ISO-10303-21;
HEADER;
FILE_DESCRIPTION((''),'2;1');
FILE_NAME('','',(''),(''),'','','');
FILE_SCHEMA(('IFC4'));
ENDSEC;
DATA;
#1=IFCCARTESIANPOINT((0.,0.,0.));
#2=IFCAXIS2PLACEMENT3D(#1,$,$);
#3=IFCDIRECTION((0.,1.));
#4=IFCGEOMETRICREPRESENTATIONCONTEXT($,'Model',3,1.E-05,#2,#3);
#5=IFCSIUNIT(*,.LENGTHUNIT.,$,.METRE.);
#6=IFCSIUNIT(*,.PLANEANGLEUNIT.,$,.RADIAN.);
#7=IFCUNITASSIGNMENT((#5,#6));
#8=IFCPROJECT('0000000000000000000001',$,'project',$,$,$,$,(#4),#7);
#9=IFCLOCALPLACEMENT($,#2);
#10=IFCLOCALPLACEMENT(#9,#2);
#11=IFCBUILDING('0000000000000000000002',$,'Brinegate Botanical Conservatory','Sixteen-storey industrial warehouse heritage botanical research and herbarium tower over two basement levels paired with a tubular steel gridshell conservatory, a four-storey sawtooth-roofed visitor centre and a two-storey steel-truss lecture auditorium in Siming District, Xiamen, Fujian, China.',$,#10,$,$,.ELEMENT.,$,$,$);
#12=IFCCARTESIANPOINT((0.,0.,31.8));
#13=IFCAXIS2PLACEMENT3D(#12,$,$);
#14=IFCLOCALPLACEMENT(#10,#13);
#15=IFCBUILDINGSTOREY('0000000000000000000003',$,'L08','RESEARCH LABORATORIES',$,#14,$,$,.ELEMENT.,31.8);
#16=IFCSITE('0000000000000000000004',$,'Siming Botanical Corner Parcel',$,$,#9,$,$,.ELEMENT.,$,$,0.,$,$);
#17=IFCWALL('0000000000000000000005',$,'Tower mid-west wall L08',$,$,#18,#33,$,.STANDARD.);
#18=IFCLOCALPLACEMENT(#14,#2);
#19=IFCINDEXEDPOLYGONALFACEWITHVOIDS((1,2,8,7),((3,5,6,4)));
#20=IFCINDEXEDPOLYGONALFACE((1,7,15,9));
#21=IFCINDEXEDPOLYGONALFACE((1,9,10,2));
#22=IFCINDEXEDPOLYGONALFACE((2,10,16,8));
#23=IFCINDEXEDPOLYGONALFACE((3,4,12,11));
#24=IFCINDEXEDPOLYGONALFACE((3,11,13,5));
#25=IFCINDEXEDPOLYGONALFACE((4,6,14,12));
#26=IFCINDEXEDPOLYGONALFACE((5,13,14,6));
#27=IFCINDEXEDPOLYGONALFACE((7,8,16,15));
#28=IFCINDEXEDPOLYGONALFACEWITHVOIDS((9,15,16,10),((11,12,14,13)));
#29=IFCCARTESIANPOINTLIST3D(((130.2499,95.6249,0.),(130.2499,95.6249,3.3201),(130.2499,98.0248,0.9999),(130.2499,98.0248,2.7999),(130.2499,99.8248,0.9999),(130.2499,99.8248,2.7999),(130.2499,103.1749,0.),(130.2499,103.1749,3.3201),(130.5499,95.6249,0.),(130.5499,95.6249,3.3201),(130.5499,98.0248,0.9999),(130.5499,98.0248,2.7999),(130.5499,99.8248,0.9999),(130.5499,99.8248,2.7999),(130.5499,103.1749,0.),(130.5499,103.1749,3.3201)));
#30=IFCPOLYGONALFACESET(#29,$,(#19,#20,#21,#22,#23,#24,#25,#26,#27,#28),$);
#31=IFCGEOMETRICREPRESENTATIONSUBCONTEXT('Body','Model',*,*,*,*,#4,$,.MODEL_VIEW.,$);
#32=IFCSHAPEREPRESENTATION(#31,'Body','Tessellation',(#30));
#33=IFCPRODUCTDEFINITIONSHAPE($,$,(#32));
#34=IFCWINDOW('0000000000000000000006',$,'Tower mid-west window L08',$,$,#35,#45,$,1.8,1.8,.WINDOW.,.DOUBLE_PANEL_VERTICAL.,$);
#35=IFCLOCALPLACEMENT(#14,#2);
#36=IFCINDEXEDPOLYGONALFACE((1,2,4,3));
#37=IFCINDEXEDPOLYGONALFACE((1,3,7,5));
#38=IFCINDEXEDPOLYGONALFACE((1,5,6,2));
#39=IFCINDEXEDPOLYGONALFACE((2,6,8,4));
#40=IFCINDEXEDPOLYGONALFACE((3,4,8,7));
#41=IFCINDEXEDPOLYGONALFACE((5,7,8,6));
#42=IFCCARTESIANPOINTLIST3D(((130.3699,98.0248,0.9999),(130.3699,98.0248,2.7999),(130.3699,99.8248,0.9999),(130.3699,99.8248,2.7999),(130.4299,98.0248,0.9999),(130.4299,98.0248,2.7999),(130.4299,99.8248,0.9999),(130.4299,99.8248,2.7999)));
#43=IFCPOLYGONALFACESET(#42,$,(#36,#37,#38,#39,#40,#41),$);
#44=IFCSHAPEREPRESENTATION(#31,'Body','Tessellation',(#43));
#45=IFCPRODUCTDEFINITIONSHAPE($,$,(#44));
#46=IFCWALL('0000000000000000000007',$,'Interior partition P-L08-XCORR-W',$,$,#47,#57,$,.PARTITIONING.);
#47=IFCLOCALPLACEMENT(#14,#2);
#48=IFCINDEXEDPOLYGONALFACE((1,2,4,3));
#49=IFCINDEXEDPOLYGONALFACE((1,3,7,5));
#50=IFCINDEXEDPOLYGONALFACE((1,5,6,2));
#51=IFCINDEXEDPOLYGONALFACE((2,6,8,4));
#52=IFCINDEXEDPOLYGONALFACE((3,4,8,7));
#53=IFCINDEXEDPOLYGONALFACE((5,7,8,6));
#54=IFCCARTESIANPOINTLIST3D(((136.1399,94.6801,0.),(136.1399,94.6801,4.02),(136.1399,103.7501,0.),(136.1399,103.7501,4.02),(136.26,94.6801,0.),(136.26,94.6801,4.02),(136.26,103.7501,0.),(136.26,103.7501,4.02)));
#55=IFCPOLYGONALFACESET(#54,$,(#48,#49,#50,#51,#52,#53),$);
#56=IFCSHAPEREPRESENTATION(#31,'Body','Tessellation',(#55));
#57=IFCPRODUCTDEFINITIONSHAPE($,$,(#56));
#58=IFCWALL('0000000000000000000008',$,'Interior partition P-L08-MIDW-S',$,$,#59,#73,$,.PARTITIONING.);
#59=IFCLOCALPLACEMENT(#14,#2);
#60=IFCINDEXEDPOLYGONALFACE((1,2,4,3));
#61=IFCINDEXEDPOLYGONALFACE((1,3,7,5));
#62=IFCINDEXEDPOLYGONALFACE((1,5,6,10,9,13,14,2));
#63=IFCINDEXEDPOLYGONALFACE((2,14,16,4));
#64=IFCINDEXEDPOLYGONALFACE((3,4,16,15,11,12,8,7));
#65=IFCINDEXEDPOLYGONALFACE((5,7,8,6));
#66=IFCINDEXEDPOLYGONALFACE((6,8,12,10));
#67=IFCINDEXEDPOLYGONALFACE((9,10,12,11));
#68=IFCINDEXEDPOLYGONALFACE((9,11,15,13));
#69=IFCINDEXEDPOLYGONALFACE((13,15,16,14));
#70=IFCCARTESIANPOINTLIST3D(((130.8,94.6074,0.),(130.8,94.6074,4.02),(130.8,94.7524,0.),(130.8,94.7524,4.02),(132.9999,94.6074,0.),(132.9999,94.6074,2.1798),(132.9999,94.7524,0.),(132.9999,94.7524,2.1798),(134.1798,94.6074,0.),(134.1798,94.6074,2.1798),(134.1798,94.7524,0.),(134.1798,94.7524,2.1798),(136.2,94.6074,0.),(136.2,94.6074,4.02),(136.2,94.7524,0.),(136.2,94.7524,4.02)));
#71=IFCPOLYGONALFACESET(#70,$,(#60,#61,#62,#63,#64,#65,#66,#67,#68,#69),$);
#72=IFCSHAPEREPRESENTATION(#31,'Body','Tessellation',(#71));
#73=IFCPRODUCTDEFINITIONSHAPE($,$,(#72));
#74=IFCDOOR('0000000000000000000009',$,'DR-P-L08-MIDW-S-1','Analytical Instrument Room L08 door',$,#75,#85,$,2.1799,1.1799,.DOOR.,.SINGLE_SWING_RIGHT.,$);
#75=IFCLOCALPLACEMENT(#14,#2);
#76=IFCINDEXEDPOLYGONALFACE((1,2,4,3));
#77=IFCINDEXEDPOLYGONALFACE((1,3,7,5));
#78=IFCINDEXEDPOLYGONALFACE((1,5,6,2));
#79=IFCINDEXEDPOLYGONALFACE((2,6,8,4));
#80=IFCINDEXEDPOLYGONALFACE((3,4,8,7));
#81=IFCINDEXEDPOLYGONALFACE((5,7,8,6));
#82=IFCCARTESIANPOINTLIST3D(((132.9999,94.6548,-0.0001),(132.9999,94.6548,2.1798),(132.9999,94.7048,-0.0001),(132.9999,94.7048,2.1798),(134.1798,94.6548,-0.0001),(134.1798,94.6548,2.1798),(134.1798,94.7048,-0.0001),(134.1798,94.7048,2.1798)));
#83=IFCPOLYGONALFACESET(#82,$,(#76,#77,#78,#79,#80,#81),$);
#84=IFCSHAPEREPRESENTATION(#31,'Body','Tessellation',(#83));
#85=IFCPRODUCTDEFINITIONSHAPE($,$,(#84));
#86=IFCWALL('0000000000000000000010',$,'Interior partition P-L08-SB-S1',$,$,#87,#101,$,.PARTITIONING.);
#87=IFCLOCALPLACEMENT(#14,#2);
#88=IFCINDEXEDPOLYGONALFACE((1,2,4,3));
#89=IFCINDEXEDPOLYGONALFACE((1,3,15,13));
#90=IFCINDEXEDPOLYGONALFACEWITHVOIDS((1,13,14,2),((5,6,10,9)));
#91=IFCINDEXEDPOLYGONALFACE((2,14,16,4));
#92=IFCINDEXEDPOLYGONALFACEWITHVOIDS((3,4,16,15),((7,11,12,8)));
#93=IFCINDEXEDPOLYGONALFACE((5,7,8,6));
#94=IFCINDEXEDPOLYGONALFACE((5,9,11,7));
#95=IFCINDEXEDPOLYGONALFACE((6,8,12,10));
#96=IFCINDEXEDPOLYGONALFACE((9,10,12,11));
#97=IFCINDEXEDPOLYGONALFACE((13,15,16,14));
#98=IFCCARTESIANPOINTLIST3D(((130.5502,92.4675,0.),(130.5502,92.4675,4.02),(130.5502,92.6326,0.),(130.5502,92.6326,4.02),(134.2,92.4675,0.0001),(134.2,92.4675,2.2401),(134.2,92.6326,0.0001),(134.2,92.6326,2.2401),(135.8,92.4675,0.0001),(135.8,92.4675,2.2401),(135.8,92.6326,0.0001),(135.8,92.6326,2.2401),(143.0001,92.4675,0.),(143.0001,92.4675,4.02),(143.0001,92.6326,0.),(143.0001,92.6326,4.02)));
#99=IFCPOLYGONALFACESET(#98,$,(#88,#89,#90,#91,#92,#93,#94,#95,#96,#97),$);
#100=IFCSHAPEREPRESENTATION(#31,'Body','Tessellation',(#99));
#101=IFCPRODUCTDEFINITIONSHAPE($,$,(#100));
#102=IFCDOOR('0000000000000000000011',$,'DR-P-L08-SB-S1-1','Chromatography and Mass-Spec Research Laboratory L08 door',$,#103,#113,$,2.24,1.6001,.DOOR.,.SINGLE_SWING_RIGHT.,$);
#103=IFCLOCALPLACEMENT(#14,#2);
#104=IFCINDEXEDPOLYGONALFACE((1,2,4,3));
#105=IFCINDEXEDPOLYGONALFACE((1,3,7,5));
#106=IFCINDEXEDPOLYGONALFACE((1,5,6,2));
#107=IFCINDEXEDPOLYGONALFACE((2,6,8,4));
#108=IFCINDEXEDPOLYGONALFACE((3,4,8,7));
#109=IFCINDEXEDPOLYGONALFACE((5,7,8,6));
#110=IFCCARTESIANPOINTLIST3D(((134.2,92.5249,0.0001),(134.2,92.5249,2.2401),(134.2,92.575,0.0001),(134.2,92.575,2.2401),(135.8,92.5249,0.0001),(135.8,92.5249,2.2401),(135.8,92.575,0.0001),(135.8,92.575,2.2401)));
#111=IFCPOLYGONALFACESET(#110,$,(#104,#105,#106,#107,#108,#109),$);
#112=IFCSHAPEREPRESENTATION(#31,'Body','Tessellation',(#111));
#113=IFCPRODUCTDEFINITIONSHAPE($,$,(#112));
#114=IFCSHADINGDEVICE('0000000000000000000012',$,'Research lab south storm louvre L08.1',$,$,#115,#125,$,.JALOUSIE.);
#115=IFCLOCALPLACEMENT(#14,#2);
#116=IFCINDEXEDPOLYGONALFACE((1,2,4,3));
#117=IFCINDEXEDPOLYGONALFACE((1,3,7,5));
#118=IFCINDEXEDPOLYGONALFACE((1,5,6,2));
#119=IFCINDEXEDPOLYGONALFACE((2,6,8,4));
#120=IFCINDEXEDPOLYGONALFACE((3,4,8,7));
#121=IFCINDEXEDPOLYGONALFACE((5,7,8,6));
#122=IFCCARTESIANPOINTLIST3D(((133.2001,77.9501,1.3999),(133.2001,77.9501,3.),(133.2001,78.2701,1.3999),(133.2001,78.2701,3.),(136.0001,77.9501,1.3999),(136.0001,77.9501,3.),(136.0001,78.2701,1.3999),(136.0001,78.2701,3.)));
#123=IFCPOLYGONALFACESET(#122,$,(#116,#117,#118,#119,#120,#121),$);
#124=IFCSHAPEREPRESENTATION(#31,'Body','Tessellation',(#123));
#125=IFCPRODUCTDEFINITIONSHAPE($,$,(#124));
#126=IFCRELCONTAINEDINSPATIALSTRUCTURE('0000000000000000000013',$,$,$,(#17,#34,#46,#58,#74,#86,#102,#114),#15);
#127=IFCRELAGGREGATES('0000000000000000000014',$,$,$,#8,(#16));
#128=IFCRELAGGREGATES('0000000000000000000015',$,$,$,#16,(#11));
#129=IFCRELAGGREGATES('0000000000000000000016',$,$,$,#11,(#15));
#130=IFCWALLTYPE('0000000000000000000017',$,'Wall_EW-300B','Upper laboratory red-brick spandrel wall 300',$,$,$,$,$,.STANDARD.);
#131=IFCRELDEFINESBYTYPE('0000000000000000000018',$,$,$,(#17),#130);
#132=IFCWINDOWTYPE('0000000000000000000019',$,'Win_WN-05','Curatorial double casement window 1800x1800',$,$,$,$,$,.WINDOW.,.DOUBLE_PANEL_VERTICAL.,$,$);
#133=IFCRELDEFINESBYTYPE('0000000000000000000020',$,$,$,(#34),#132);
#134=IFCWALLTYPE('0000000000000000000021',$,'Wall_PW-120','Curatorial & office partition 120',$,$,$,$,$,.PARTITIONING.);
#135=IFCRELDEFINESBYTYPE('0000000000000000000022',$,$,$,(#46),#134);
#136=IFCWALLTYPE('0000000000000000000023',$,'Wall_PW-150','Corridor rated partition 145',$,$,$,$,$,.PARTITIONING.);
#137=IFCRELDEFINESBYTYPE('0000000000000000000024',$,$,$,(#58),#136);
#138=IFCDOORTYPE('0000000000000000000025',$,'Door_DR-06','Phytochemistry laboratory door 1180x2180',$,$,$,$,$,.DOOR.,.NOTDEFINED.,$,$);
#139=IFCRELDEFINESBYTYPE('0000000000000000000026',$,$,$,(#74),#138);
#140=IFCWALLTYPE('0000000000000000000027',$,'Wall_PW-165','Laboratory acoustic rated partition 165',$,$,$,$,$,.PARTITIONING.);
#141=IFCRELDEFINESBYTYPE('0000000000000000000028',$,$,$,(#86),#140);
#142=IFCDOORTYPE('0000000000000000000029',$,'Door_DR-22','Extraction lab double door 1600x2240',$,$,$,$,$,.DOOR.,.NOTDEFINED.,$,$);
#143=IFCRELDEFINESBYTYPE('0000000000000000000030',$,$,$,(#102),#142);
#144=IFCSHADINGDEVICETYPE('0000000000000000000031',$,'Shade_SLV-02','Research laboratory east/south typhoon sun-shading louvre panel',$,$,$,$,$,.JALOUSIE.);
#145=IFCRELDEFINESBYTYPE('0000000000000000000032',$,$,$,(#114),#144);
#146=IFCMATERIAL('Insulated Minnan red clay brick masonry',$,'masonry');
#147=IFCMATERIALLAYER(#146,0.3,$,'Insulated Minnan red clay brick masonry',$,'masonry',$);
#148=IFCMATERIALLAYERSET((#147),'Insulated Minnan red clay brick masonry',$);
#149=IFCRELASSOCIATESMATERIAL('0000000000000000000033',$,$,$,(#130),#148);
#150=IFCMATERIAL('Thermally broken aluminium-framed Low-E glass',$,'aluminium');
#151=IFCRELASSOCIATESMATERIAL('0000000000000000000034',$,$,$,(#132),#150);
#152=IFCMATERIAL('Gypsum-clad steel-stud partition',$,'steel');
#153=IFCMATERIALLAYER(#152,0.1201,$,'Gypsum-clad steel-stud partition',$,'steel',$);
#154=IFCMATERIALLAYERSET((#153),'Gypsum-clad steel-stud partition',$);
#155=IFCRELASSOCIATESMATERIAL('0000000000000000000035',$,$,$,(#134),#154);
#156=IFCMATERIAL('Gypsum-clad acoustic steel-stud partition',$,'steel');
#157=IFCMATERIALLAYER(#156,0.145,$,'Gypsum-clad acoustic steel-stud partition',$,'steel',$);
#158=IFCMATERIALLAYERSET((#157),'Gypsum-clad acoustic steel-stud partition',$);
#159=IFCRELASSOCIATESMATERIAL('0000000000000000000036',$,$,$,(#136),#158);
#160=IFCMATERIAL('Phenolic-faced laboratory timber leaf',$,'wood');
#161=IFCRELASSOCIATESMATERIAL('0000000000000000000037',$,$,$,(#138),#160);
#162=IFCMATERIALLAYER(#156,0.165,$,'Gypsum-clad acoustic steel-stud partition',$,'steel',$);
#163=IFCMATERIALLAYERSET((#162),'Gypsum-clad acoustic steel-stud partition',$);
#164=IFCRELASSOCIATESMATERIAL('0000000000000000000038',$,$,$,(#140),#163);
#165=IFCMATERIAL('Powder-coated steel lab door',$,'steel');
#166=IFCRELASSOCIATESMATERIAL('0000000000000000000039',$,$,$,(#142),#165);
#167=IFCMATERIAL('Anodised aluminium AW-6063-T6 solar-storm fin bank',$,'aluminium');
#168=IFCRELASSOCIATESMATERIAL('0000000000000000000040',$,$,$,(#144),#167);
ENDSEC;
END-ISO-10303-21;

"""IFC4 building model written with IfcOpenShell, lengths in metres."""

from ifc_helpers import new_model, si_unit, direction, frame, frame_2d, origin, origin_2d, place, context, subcontext, project, spatial, rectangle, extrude, material, layer, layer_set, type_object, element, fill, save


model = new_model("IFC4")

# Units and contexts
model_context = context("Model", 3, precision=1e-05, world=origin(), true_north=direction((0.0, 1.0)))
body_context = subcontext(model_context, "Body", "Model", "MODEL_VIEW")
ifc_project = project(units=[si_unit("LENGTHUNIT", "METRE"), si_unit("PLANEANGLEUNIT", "RADIAN")], contexts=[model_context])

# Site, building, storey
site_placement = place(None, origin())
site = spatial("IfcSite", under=ifc_project, at=site_placement, Name="Siming Botanical Corner Parcel", CompositionType="ELEMENT", RefElevation=0.0)
building_placement = place(site_placement, origin())
building = spatial("IfcBuilding", under=site, at=building_placement, Name="Brinegate Botanical Conservatory", Description="Sixteen-storey industrial warehouse heritage botanical research and herbarium tower over two basement levels paired with a tubular steel gridshell conservatory, a four-storey sawtooth-roofed visitor centre and a two-storey steel-truss lecture auditorium in Siming District, Xiamen, Fujian, China.", CompositionType="ELEMENT")
storey_placement = place(building_placement, frame((0.0, 0.0, 31.8)))
storey = spatial("IfcBuildingStorey", under=building, at=storey_placement, Name="L08", Description="RESEARCH LABORATORIES", CompositionType="ELEMENT", Elevation=31.8)

# Wall, opening, window
ifc_material_1 = material(Name="Insulated Minnan red clay brick masonry", Category="masonry")
ifc_layer_1 = layer(ifc_material_1, 0.3, Name="Insulated Minnan red clay brick masonry", Category="masonry")
ifc_layer_set_1 = layer_set([ifc_layer_1], Name="Insulated Minnan red clay brick masonry")
wall_type_1 = type_object("IfcWallType", Name="Wall_EW-300B", Description="Upper laboratory red-brick spandrel wall 300", PredefinedType="STANDARD", material=ifc_layer_set_1)
ifc_material_2 = material(Name="Thermally broken aluminium-framed Low-E glass", Category="aluminium")
wall_1_placement = place(storey_placement, frame((130.3999, 95.625, 0.0), z_axis=(0.0, 0.0, 1.0), x_axis=(0.0, 1.0, 0.0)))
wall_1 = element("IfcWall", 1, at=wall_1_placement, inside=storey, type_object=wall_type_1, Name="Tower mid-west wall L08", PredefinedType="STANDARD", context=body_context, shape_type="SweptSolid", body=[
    extrude(rectangle(XDim=7.55, YDim=0.3, at=frame_2d((3.7749, 0.0))), origin(), (0.0, 0.0, 1.0), 3.3201),
])
opening_1_placement = place(wall_1_placement, frame((2.3999, 0.0, 1.0)))
opening_1 = element("IfcOpeningElement", 2, at=opening_1_placement, cuts=wall_1, PredefinedType="OPENING", context=body_context, shape_type="SweptSolid", body=[
    extrude(rectangle(XDim=1.8, YDim=1.8, at=frame_2d((0.8999, 0.8999))), frame((0.0, 0.1599, 0.0), z_axis=(0.0, -1.0, 0.0), x_axis=(1.0, 0.0, 0.0)), (0.0, 0.0, 1.0), 0.3201),
])
window_type_1 = type_object("IfcWindowType", Name="Win_WN-05", Description="Curatorial double casement window 1800x1800", PartitioningType="DOUBLE_PANEL_VERTICAL", PredefinedType="WINDOW", material=ifc_material_2)
window_1_placement = place(opening_1_placement, origin())
window_1 = element("IfcWindow", 3, at=window_1_placement, inside=storey, type_object=window_type_1, Name="Tower mid-west window L08", OverallHeight=1.8, OverallWidth=1.8, PartitioningType="DOUBLE_PANEL_VERTICAL", PredefinedType="WINDOW", context=body_context, shape_type="SweptSolid", body=[
    extrude(rectangle(XDim=1.8, YDim=1.8, at=frame_2d((0.8999, 0.8999))), frame((0.0, 0.03, 0.0), z_axis=(0.0, -1.0, 0.0), x_axis=(1.0, 0.0, 0.0)), (0.0, 0.0, 1.0), 0.0601),
])
fill(opening_1, window_1)

# Wall
ifc_material_3 = material(Name="Gypsum-clad steel-stud partition", Category="steel")
ifc_layer_2 = layer(ifc_material_3, 0.1201, Name="Gypsum-clad steel-stud partition", Category="steel")
ifc_layer_set_2 = layer_set([ifc_layer_2], Name="Gypsum-clad steel-stud partition")
wall_type_2 = type_object("IfcWallType", Name="Wall_PW-120", Description="Curatorial & office partition 120", PredefinedType="PARTITIONING", material=ifc_layer_set_2)
wall_2_placement = place(storey_placement, frame((136.2, 94.6799, 0.0), z_axis=(0.0, 0.0, 1.0), x_axis=(0.0, 1.0, 0.0)))
element("IfcWall", 4, at=wall_2_placement, inside=storey, type_object=wall_type_2, Name="Interior partition P-L08-XCORR-W", PredefinedType="PARTITIONING", context=body_context, shape_type="SweptSolid", body=[
    extrude(rectangle(XDim=9.0701, YDim=0.1201, at=frame_2d((4.5352, 0.0))), origin(), (0.0, 0.0, 1.0), 4.02),
])

# Walls, openings, doors
ifc_material_4 = material(Name="Gypsum-clad acoustic steel-stud partition", Category="steel")
ifc_layer_3 = layer(ifc_material_4, 0.145, Name="Gypsum-clad acoustic steel-stud partition", Category="steel")
ifc_layer_set_3 = layer_set([ifc_layer_3], Name="Gypsum-clad acoustic steel-stud partition")
wall_type_3 = type_object("IfcWallType", Name="Wall_PW-150", Description="Corridor rated partition 145", PredefinedType="PARTITIONING", material=ifc_layer_set_3)
wall_3_placement = place(storey_placement, frame((130.8, 94.6799, 0.0), z_axis=(0.0, 0.0, 1.0), x_axis=(1.0, 0.0, 0.0)))
wall_3 = element("IfcWall", 5, at=wall_3_placement, inside=storey, type_object=wall_type_3, Name="Interior partition P-L08-MIDW-S", PredefinedType="PARTITIONING", context=body_context, shape_type="SweptSolid", body=[
    extrude(rectangle(XDim=5.3999, YDim=0.145, at=frame_2d((2.7, 0.0))), origin(), (0.0, 0.0, 1.0), 4.02),
])
opening_2_placement = place(wall_3_placement, frame((2.2, 0.0, 0.0)))
opening_2 = element("IfcOpeningElement", 6, at=opening_2_placement, cuts=wall_3, PredefinedType="OPENING", context=body_context, shape_type="SweptSolid", body=[
    extrude(rectangle(XDim=1.1799, YDim=2.1799, at=frame_2d((0.5898, 1.0898))), frame((0.0, 0.0825, 0.0), z_axis=(0.0, -1.0, 0.0), x_axis=(1.0, 0.0, 0.0)), (0.0, 0.0, 1.0), 0.165),
])
ifc_material_5 = material(Name="Phenolic-faced laboratory timber leaf", Category="wood")
door_type_1 = type_object("IfcDoorType", Name="Door_DR-06", Description="Phytochemistry laboratory door 1180x2180", OperationType="NOTDEFINED", PredefinedType="DOOR", material=ifc_material_5)
door_1_placement = place(opening_2_placement, origin())
door_1 = element("IfcDoor", 7, at=door_1_placement, inside=storey, type_object=door_type_1, Name="DR-P-L08-MIDW-S-1", Description="Analytical Instrument Room L08 door", OperationType="SINGLE_SWING_RIGHT", OverallHeight=2.1799, OverallWidth=1.1799, PredefinedType="DOOR", context=body_context, shape_type="SweptSolid", body=[
    extrude(rectangle(XDim=1.1799, YDim=2.1799, at=frame_2d((0.5898, 1.0898))), frame((0.0, 0.0249, 0.0), z_axis=(0.0, -1.0, 0.0), x_axis=(1.0, 0.0, 0.0)), (0.0, 0.0, 1.0), 0.05),
])
fill(opening_2, door_1)
ifc_layer_4 = layer(ifc_material_4, 0.165, Name="Gypsum-clad acoustic steel-stud partition", Category="steel")
ifc_layer_set_4 = layer_set([ifc_layer_4], Name="Gypsum-clad acoustic steel-stud partition")
wall_type_4 = type_object("IfcWallType", Name="Wall_PW-165", Description="Laboratory acoustic rated partition 165", PredefinedType="PARTITIONING", material=ifc_layer_set_4)
wall_4_placement = place(storey_placement, frame((130.55, 92.55, 0.0), z_axis=(0.0, 0.0, 1.0), x_axis=(1.0, 0.0, 0.0)))
wall_4 = element("IfcWall", 8, at=wall_4_placement, inside=storey, type_object=wall_type_4, Name="Interior partition P-L08-SB-S1", PredefinedType="PARTITIONING", context=body_context, shape_type="SweptSolid", body=[
    extrude(rectangle(XDim=12.45, YDim=0.165, at=frame_2d((6.2251, 0.0))), origin(), (0.0, 0.0, 1.0), 4.02),
])
opening_3_placement = place(wall_4_placement, frame((3.6499, 0.0, 0.0)))
opening_3 = element("IfcOpeningElement", 9, at=opening_3_placement, cuts=wall_4, PredefinedType="OPENING", context=body_context, shape_type="SweptSolid", body=[
    extrude(rectangle(XDim=1.6001, YDim=2.24, at=frame_2d((0.8, 1.1201))), frame((0.0, 0.0925, 0.0), z_axis=(0.0, -1.0, 0.0), x_axis=(1.0, 0.0, 0.0)), (0.0, 0.0, 1.0), 0.1851),
])
ifc_material_6 = material(Name="Powder-coated steel lab door", Category="steel")
door_type_2 = type_object("IfcDoorType", Name="Door_DR-22", Description="Extraction lab double door 1600x2240", OperationType="NOTDEFINED", PredefinedType="DOOR", material=ifc_material_6)
door_2_placement = place(opening_3_placement, origin())
door_2 = element("IfcDoor", 10, at=door_2_placement, inside=storey, type_object=door_type_2, Name="DR-P-L08-SB-S1-1", Description="Chromatography and Mass-Spec Research Laboratory L08 door", OperationType="SINGLE_SWING_RIGHT", OverallHeight=2.24, OverallWidth=1.6001, PredefinedType="DOOR", context=body_context, shape_type="SweptSolid", body=[
    extrude(rectangle(XDim=1.6001, YDim=2.24, at=frame_2d((0.8, 1.1201))), frame((0.0, 0.0249, 0.0), z_axis=(0.0, -1.0, 0.0), x_axis=(1.0, 0.0, 0.0)), (0.0, 0.0, 1.0), 0.05),
])
fill(opening_3, door_2)

# Shading device
ifc_material_7 = material(Name="Anodised aluminium AW-6063-T6 solar-storm fin bank", Category="aluminium")
shading_device_type = type_object("IfcShadingDeviceType", Name="Shade_SLV-02", Description="Research laboratory east/south typhoon sun-shading louvre panel", PredefinedType="JALOUSIE", material=ifc_material_7)
shading_device_placement = place(storey_placement, frame((134.6001, 78.1101, 1.3999), z_axis=(0.0, 0.0, 1.0), x_axis=(1.0, 0.0, 0.0)))
element("IfcShadingDevice", 11, at=shading_device_placement, inside=storey, type_object=shading_device_type, Name="Research lab south storm louvre L08.1", PredefinedType="JALOUSIE", context=body_context, shape_type="SweptSolid", body=[
    extrude(rectangle(XDim=2.8, YDim=0.3201, at=origin_2d()), origin(), (0.0, 0.0, 1.0), 1.6001),
])

save(model, "model.ifc")
